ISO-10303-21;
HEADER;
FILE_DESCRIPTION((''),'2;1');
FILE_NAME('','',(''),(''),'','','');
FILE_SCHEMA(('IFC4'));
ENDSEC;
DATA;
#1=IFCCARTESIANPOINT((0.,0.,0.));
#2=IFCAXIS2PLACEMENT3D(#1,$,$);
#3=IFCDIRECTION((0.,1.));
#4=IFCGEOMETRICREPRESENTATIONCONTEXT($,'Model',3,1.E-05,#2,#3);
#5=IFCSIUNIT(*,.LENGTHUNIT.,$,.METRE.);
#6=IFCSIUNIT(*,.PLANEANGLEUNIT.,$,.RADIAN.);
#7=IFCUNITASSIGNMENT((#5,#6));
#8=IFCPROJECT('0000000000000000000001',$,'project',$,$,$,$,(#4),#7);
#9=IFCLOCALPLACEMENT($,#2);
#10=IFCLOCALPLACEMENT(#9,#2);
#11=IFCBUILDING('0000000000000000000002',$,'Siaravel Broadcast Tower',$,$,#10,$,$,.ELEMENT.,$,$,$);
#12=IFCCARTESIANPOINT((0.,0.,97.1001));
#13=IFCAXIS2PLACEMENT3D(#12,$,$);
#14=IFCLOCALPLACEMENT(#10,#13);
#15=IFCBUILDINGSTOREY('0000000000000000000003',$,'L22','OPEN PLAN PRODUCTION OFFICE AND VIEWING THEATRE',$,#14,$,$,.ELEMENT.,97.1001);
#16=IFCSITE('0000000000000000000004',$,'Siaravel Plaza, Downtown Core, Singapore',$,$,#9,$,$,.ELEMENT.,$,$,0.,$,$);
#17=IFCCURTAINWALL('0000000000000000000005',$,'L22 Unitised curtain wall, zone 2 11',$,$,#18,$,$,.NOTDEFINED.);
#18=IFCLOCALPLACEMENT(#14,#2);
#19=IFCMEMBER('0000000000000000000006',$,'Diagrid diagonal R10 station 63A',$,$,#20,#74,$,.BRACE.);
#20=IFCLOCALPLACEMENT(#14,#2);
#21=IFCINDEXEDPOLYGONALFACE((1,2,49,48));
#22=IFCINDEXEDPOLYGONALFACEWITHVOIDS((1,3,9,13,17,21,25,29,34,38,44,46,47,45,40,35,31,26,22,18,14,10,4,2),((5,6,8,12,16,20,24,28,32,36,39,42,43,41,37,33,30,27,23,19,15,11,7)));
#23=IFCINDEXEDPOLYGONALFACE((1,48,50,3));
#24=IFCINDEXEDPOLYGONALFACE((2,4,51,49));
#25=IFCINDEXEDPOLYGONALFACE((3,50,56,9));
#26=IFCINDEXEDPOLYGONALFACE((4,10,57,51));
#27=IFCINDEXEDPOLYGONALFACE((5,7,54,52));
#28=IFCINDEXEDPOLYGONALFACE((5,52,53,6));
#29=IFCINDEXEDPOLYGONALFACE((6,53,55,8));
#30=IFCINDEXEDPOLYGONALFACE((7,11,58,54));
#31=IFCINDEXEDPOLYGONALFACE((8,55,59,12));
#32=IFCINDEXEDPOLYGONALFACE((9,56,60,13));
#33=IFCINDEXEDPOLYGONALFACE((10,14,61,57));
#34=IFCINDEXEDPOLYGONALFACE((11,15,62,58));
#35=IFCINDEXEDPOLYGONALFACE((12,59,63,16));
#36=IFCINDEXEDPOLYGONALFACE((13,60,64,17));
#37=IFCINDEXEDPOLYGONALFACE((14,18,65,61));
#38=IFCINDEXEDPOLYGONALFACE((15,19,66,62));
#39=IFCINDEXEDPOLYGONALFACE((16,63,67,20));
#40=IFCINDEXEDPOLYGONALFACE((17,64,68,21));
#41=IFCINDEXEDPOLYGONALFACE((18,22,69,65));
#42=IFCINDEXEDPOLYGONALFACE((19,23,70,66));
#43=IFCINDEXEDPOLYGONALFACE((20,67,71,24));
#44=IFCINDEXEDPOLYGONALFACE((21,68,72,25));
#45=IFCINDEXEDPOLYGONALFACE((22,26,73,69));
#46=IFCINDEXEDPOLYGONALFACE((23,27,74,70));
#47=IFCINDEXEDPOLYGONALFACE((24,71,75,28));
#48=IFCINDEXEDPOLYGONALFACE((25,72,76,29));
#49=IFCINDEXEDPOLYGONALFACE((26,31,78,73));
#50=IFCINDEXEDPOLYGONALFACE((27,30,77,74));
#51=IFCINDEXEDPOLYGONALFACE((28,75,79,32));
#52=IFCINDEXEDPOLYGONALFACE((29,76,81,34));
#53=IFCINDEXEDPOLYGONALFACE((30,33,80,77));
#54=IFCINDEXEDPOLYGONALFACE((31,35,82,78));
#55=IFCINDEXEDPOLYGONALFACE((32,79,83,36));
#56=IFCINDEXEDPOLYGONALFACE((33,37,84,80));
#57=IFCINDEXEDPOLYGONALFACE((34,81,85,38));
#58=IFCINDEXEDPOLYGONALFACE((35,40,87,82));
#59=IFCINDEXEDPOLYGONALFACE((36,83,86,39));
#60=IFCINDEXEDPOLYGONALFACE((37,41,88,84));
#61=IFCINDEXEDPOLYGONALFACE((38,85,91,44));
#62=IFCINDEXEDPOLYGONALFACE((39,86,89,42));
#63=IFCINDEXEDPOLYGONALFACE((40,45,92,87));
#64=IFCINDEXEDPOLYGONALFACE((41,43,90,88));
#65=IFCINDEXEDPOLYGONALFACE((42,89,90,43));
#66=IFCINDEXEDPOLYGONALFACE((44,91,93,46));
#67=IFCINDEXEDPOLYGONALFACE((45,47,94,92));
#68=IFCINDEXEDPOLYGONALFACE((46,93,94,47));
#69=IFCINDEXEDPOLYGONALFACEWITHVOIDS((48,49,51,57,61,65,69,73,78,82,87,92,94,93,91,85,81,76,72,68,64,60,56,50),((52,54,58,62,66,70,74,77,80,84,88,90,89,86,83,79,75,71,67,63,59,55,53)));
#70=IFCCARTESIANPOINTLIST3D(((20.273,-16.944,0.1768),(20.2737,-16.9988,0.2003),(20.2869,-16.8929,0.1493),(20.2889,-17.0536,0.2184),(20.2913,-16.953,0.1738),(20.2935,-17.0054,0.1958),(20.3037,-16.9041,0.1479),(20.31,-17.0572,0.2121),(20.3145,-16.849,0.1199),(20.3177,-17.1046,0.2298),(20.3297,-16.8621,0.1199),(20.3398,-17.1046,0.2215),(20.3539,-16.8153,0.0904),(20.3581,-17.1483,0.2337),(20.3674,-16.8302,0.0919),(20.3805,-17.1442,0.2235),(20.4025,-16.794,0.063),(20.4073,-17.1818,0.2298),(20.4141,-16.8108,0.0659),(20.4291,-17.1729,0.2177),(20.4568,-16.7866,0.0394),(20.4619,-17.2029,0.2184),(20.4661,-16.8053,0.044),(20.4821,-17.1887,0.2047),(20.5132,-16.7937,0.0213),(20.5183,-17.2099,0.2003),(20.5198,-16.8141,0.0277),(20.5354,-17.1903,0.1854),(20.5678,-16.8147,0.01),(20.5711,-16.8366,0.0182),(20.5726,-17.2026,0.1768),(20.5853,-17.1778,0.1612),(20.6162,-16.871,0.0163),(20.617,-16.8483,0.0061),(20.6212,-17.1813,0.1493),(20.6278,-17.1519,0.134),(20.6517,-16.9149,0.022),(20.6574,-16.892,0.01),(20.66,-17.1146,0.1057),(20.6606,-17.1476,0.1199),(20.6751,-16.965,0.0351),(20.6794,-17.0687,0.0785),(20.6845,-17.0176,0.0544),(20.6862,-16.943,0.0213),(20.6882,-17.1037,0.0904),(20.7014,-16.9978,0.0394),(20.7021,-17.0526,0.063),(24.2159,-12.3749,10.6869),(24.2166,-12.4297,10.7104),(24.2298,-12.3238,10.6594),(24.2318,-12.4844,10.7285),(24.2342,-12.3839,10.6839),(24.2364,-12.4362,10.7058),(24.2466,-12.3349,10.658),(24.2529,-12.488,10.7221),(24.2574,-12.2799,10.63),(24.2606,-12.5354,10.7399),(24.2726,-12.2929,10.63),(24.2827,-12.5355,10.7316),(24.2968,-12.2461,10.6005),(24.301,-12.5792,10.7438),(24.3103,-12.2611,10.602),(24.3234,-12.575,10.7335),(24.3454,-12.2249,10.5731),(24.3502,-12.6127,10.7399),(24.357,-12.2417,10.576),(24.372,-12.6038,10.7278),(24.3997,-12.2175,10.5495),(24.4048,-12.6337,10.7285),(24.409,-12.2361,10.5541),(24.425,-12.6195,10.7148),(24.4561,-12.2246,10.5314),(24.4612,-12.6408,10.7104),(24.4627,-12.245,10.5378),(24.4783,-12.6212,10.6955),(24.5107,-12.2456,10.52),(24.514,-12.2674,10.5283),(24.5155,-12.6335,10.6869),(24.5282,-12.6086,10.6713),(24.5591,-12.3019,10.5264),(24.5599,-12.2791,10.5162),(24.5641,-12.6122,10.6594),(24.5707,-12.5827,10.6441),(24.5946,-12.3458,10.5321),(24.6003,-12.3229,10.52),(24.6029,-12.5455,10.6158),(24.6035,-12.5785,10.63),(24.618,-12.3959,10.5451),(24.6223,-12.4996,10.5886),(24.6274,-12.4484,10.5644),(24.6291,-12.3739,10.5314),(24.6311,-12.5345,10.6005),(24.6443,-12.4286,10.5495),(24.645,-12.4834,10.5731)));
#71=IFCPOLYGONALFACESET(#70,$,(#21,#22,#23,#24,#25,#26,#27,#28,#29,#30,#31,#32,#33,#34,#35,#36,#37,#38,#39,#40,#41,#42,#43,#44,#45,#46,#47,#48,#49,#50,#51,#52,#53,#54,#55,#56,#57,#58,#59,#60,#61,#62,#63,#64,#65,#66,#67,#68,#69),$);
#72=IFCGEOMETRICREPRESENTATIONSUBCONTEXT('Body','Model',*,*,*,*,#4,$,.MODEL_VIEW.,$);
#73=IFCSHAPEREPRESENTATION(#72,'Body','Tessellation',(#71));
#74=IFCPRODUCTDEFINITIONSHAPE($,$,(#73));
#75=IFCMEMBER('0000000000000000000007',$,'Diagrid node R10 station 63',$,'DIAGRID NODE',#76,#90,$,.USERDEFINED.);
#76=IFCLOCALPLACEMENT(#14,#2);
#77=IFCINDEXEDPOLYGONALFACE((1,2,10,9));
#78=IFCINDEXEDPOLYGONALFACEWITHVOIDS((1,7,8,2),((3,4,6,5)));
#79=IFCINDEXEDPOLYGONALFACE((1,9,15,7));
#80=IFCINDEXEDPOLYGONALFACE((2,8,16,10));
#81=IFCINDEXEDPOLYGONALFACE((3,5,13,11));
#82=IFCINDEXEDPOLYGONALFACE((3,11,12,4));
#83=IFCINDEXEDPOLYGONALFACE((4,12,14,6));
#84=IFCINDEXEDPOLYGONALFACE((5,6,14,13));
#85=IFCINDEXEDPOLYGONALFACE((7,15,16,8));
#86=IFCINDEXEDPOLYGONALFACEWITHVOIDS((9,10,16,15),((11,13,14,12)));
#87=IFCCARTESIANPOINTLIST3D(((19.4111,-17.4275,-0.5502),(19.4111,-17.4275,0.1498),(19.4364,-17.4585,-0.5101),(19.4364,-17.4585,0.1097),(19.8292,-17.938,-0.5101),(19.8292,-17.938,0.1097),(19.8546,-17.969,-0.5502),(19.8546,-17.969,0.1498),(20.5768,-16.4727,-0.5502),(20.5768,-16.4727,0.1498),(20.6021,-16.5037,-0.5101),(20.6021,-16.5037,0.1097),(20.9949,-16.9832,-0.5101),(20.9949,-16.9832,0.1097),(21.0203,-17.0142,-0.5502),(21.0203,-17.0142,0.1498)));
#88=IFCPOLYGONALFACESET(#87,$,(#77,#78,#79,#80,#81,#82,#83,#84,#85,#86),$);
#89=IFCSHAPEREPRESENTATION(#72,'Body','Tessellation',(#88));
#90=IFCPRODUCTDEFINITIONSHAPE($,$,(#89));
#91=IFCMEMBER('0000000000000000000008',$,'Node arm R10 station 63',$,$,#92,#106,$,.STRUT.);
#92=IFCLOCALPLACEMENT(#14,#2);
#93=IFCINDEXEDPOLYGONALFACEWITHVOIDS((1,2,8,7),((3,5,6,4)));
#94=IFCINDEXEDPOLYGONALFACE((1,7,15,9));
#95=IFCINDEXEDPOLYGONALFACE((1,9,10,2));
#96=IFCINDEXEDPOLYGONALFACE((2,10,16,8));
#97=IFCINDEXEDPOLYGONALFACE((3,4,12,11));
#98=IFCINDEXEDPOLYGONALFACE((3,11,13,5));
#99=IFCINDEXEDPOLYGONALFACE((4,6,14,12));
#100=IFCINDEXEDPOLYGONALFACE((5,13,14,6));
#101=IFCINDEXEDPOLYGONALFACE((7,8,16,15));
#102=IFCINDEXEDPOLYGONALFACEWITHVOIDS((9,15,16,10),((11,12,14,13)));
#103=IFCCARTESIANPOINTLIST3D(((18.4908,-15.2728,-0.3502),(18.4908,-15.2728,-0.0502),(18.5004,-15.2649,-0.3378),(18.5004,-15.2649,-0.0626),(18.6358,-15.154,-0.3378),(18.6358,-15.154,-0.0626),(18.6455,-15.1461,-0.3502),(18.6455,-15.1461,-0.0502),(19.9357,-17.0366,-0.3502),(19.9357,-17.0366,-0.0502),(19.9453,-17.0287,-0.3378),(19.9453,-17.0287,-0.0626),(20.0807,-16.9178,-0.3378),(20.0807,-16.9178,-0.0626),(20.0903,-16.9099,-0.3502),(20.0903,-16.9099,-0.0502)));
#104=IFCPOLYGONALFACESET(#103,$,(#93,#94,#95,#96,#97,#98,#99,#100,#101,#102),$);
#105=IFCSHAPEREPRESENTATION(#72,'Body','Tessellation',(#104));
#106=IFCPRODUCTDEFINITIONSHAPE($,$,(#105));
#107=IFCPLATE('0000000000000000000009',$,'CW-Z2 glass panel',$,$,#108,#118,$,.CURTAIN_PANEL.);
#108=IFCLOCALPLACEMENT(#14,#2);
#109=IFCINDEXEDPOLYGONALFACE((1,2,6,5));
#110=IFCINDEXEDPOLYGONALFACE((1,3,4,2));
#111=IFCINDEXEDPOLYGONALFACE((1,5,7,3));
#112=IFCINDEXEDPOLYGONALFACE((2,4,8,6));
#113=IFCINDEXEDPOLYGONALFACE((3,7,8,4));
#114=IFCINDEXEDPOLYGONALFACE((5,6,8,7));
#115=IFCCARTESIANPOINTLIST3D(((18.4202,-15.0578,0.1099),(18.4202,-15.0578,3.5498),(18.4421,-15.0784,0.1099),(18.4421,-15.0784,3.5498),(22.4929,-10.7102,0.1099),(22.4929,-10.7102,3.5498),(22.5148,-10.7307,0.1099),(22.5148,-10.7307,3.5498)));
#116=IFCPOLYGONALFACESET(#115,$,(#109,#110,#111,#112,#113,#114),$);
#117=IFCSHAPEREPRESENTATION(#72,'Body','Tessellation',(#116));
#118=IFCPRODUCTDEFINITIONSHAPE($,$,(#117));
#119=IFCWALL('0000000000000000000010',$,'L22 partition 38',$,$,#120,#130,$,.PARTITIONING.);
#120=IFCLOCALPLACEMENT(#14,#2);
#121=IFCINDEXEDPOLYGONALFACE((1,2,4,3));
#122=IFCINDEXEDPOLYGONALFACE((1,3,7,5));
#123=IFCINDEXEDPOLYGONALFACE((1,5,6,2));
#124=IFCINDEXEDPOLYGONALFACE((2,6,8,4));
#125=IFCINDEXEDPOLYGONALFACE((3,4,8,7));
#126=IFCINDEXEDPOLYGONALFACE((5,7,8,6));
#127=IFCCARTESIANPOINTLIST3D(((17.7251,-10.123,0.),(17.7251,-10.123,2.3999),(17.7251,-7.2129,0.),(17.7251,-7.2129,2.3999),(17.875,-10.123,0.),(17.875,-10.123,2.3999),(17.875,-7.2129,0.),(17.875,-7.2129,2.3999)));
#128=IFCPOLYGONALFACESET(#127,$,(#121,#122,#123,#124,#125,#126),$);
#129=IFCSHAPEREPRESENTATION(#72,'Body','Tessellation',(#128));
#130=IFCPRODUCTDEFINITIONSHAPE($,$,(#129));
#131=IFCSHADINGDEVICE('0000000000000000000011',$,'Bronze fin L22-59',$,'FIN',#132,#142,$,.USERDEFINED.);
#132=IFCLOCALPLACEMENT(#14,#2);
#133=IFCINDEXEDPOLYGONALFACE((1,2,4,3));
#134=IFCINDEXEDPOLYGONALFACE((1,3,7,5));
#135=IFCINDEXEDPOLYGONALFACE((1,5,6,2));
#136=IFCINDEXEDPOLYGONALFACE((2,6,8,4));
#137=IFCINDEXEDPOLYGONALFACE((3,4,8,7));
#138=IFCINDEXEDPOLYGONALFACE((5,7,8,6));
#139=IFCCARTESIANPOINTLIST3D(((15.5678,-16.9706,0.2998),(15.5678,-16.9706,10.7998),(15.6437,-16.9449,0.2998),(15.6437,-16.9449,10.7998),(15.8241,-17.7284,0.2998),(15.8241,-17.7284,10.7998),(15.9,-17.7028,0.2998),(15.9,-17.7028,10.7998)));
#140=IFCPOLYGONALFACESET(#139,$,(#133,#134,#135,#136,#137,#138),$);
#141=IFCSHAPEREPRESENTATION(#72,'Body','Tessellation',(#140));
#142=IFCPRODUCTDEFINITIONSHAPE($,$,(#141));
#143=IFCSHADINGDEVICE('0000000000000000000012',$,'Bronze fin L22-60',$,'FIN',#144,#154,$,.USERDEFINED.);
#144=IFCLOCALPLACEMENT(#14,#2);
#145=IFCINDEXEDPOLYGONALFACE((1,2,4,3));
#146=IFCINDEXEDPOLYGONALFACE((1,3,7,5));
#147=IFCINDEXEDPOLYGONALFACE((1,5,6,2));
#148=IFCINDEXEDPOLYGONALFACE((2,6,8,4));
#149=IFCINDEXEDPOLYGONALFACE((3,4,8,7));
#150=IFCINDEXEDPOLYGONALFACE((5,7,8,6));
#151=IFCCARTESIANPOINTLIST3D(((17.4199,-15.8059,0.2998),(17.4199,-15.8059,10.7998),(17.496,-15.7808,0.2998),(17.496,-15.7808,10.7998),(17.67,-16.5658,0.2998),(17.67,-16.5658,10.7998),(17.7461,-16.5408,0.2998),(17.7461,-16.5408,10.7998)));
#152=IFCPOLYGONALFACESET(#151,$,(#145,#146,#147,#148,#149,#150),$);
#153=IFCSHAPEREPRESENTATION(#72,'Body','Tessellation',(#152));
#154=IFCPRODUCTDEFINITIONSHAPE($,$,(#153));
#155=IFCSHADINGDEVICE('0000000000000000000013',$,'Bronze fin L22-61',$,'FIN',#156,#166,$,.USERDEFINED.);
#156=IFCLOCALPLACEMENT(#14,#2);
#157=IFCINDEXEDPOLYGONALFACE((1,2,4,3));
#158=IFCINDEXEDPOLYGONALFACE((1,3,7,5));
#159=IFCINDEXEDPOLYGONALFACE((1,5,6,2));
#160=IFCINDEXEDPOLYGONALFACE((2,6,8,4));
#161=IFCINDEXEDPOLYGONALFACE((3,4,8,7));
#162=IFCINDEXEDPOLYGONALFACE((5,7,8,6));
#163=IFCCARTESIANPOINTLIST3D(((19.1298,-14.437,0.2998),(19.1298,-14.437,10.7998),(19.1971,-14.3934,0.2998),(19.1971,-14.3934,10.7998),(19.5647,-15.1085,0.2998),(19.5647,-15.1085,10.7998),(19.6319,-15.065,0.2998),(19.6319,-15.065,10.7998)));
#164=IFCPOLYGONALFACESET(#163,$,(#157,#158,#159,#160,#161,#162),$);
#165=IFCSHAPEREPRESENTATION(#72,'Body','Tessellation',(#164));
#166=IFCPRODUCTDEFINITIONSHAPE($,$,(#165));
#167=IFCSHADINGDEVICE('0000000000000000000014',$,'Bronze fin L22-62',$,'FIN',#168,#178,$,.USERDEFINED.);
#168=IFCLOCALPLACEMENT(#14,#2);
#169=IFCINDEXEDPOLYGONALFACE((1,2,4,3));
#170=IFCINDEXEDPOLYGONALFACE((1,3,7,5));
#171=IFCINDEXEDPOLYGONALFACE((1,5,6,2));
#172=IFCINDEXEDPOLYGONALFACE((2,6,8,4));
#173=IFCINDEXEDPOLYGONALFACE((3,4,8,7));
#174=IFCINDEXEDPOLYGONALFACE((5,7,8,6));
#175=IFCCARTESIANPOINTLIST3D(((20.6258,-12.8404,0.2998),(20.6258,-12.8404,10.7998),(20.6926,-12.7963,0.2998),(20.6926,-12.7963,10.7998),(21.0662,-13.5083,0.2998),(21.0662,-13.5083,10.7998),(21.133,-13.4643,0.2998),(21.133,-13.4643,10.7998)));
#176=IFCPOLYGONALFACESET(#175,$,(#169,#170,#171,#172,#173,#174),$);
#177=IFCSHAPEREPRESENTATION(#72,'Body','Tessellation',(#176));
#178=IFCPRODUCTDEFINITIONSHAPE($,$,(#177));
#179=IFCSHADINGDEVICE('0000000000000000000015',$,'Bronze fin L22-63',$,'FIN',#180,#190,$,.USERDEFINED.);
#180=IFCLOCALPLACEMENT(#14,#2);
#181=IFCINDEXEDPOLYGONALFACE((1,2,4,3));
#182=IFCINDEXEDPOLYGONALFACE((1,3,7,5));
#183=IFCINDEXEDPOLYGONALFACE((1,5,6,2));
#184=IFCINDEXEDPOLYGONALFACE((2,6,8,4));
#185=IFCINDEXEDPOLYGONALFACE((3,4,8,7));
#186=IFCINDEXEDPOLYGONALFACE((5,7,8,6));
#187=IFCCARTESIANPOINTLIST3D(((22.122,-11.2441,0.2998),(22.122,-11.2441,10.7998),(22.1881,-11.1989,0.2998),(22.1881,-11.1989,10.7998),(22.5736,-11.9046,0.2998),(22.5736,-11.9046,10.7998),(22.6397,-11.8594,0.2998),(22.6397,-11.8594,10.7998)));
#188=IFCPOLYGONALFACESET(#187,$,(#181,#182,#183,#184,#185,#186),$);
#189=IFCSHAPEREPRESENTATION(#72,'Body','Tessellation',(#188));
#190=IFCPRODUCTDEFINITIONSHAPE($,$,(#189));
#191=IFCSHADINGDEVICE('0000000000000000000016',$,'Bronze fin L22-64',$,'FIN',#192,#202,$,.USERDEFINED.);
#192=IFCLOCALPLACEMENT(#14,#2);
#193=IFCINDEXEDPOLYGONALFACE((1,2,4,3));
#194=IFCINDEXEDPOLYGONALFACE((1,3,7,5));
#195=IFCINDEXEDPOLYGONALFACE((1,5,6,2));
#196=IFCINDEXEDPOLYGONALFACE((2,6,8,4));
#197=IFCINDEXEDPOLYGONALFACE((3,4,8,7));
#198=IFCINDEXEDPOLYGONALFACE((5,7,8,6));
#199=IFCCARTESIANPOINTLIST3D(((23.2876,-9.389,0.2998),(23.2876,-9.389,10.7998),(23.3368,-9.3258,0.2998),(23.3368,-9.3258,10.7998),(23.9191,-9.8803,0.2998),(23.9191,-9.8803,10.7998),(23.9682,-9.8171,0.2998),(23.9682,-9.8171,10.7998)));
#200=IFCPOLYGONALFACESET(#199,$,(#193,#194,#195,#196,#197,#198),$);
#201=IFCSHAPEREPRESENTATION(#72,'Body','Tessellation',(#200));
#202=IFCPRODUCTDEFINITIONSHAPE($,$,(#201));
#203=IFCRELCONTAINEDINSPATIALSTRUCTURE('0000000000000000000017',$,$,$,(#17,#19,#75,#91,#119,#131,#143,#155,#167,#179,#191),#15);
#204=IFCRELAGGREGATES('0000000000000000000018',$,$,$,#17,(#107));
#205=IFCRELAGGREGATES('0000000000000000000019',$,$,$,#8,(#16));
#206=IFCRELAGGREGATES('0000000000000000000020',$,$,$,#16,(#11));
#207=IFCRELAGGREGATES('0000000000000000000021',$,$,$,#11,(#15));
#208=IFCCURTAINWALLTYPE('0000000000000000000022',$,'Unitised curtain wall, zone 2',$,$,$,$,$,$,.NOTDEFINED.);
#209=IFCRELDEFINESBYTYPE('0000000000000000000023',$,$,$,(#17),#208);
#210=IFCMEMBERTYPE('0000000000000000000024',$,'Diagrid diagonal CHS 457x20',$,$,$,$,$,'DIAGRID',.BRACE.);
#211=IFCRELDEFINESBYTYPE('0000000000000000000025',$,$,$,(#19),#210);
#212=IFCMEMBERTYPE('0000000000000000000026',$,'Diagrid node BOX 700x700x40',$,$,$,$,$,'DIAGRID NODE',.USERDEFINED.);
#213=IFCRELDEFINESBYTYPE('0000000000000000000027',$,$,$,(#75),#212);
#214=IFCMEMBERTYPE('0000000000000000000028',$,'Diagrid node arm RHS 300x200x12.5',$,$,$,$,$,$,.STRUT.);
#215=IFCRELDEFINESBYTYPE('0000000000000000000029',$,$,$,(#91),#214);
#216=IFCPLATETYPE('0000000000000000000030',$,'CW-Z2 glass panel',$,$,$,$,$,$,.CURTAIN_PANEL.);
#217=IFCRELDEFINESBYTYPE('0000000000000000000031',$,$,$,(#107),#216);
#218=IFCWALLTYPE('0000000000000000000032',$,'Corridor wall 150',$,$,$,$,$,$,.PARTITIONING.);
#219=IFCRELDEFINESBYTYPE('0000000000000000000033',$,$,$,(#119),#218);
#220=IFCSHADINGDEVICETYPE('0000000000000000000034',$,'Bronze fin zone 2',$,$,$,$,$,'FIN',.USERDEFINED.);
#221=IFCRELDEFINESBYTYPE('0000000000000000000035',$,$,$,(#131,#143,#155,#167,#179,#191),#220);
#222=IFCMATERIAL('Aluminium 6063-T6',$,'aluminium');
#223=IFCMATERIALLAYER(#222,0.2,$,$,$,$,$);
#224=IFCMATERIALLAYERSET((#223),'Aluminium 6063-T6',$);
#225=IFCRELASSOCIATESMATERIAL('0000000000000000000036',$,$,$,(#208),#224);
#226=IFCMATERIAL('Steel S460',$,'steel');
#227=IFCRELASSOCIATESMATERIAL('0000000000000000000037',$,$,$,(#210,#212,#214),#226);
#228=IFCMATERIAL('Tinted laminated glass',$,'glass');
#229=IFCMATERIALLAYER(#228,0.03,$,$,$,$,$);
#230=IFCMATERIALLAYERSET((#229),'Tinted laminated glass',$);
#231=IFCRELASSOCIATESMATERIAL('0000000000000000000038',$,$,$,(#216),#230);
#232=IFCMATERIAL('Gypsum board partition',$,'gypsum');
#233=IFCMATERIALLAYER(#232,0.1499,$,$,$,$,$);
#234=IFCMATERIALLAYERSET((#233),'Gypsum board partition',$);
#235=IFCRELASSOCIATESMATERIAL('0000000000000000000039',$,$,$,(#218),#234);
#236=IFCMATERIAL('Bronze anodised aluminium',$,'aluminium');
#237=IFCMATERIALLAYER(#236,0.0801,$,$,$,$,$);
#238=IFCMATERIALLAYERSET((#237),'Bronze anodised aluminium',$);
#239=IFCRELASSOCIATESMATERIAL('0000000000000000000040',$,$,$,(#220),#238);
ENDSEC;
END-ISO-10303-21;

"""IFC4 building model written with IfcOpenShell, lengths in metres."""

from ifc_helpers import new_model, si_unit, direction, frame, frame_2d, origin, origin_2d, place, context, subcontext, project, spatial, rectangle, hollow_rectangle, hollow_circle, extrude, material, layer, layer_set, material_profile, profile_set, type_object, element, aggregate, save


model = new_model("IFC4")

# Units and contexts
model_context = context("Model", 3, precision=1e-05, world=origin(), true_north=direction((0.0, 1.0)))
body_context = subcontext(model_context, "Body", "Model", "MODEL_VIEW")
ifc_project = project(units=[si_unit("LENGTHUNIT", "METRE"), si_unit("PLANEANGLEUNIT", "RADIAN")], contexts=[model_context])

# Site, building, storey
site_placement = place(None, origin())
site = spatial("IfcSite", under=ifc_project, at=site_placement, Name="Siaravel Plaza, Downtown Core, Singapore", CompositionType="ELEMENT", RefElevation=0.0)
building_placement = place(site_placement, origin())
building = spatial("IfcBuilding", under=site, at=building_placement, Name="Siaravel Broadcast Tower", CompositionType="ELEMENT")
storey_placement = place(building_placement, frame((0.0, 0.0, 97.1001)))
storey = spatial("IfcBuildingStorey", under=building, at=storey_placement, Name="L22", Description="OPEN PLAN PRODUCTION OFFICE AND VIEWING THEATRE", CompositionType="ELEMENT", Elevation=97.1001)

# Curtain wall
ifc_material_1 = material(Name="Aluminium 6063-T6", Category="aluminium")
ifc_layer_1 = layer(ifc_material_1, 0.2)
ifc_layer_set_1 = layer_set([ifc_layer_1], Name="Aluminium 6063-T6")
curtain_wall_type = type_object("IfcCurtainWallType", Name="Unitised curtain wall, zone 2", PredefinedType="NOTDEFINED", material=ifc_layer_set_1)
curtain_wall_1_placement = place(storey_placement, origin())
curtain_wall_1 = element("IfcCurtainWall", 1, at=curtain_wall_1_placement, inside=storey, type_object=curtain_wall_type, Name="L22 Unitised curtain wall, zone 2 11", PredefinedType="NOTDEFINED")

# Members
ifc_material_2 = material(Name="Steel S460", Category="steel")
ifc_material_profile_1 = material_profile(ifc_material_2, hollow_circle(Radius=0.2285, WallThickness=0.02, at=origin_2d()))
ifc_profile_set_1 = profile_set([ifc_material_profile_1], Name="Steel S460")
member_type_1 = type_object("IfcMemberType", Name="Diagrid diagonal CHS 457x20", ElementType="DIAGRID", PredefinedType="BRACE", material=ifc_profile_set_1)
member_1_placement = place(storey_placement, frame((20.4875, -16.9983, 0.1199), z_axis=(0.325332, 0.377002, 0.867196), x_axis=(-0.757082, 0.65332, 0.0)))
element("IfcMember", 2, at=member_1_placement, inside=storey, type_object=member_type_1, Name="Diagrid diagonal R10 station 63A", PredefinedType="BRACE", context=body_context, shape_type="SweptSolid", body=[
    extrude(hollow_circle(Radius=0.2285, WallThickness=0.02, at=origin_2d()), origin(), (0.0, 0.0, 1.0), 12.1196),
])
ifc_material_profile_2 = material_profile(ifc_material_2, hollow_rectangle(XDim=0.7, YDim=0.7, WallThickness=0.04, at=origin_2d()))
ifc_profile_set_2 = profile_set([ifc_material_profile_2], Name="Steel S460")
member_type_2 = type_object("IfcMemberType", Name="Diagrid node BOX 700x700x40", ElementType="DIAGRID NODE", PredefinedType="USERDEFINED", material=ifc_profile_set_2)
member_2_placement = place(storey_placement, frame((19.6328, -17.6982, -0.2002), z_axis=(0.773625, 0.633644, 0.0), x_axis=(-0.633644, 0.773625, 0.0)))
element("IfcMember", 3, at=member_2_placement, inside=storey, type_object=member_type_2, Name="Diagrid node R10 station 63", ObjectType="DIAGRID NODE", PredefinedType="USERDEFINED", context=body_context, shape_type="SweptSolid", body=[
    extrude(hollow_rectangle(XDim=0.7, YDim=0.7, WallThickness=0.04, at=origin_2d()), origin(), (0.0, 0.0, 1.0), 1.5068),
])
ifc_material_profile_3 = material_profile(ifc_material_2, hollow_rectangle(XDim=0.2, YDim=0.3, WallThickness=0.0125, at=origin_2d()))
ifc_profile_set_3 = profile_set([ifc_material_profile_3], Name="Steel S460")
member_type_3 = type_object("IfcMemberType", Name="Diagrid node arm RHS 300x200x12.5", PredefinedType="STRUT", material=ifc_profile_set_3)
member_3_placement = place(storey_placement, frame((18.5681, -15.2095, -0.2002), z_axis=(0.633716, -0.773566, 0.0), x_axis=(0.773566, 0.633716, 0.0)))
element("IfcMember", 4, at=member_3_placement, inside=storey, type_object=member_type_3, Name="Node arm R10 station 63", PredefinedType="STRUT", context=body_context, shape_type="SweptSolid", body=[
    extrude(hollow_rectangle(XDim=0.2, YDim=0.3, WallThickness=0.0125, at=origin_2d()), origin(), (0.0, 0.0, 1.0), 2.28),
])

# Plate
ifc_material_3 = material(Name="Tinted laminated glass", Category="glass")
ifc_layer_2 = layer(ifc_material_3, 0.03)
ifc_layer_set_2 = layer_set([ifc_layer_2], Name="Tinted laminated glass")
plate_type = type_object("IfcPlateType", Name="CW-Z2 glass panel", PredefinedType="CURTAIN_PANEL", material=ifc_layer_set_2)
plate_placement = place(storey_placement, frame((20.4675, -12.8943, 0.1099), z_axis=(0.0, 0.0, 1.0), x_axis=(0.683656, 0.729805, 0.0)))
plate = element("IfcPlate", 5, at=plate_placement, type_object=plate_type, Name="CW-Z2 glass panel", PredefinedType="CURTAIN_PANEL", context=body_context, shape_type="SweptSolid", body=[
    extrude(rectangle(XDim=5.9573, YDim=0.03, at=origin_2d()), origin(), (0.0, 0.0, 1.0), 3.4399),
])
aggregate(curtain_wall_1, [plate])

# Wall
ifc_material_4 = material(Name="Gypsum board partition", Category="gypsum")
ifc_layer_3 = layer(ifc_material_4, 0.1499)
ifc_layer_set_3 = layer_set([ifc_layer_3], Name="Gypsum board partition")
wall_type = type_object("IfcWallType", Name="Corridor wall 150", PredefinedType="PARTITIONING", material=ifc_layer_set_3)
wall_placement = place(storey_placement, frame((17.8, -10.123, 0.0), z_axis=(0.0, 0.0, 1.0), x_axis=(0.0, 1.0, 0.0)))
element("IfcWall", 6, at=wall_placement, inside=storey, type_object=wall_type, Name="L22 partition 38", PredefinedType="PARTITIONING", context=body_context, shape_type="SweptSolid", body=[
    extrude(rectangle(XDim=2.9102, YDim=0.1499, at=frame_2d((1.4551, 0.0))), origin(), (0.0, 0.0, 1.0), 2.3999),
])

# Shading devices
ifc_material_5 = material(Name="Bronze anodised aluminium", Category="aluminium")
ifc_layer_4 = layer(ifc_material_5, 0.0801)
ifc_layer_set_4 = layer_set([ifc_layer_4], Name="Bronze anodised aluminium")
shading_device_type = type_object("IfcShadingDeviceType", Name="Bronze fin zone 2", ElementType="FIN", PredefinedType="USERDEFINED", material=ifc_layer_set_4)
for number, where, z_axis, x_axis, name in (
    (7, (15.7339, -17.3367, 0.2998), (0.0, 0.0, 1.0), (0.320393, -0.947285, 0.0), "Bronze fin L22-59"),
    (8, (17.583, -16.1733, 0.2998), (0.0, 0.0, 1.0), (0.312613, -0.94988, 0.0), "Bronze fin L22-60"),
    (9, (19.3809, -14.751, 0.2998), (0.0, 0.0, 1.0), (0.543492, -0.839414, 0.0), "Bronze fin L22-61"),
    (10, (20.8794, -13.1523, 0.2998), (0.0, 0.0, 1.0), (0.550466, -0.834857, 0.0), "Bronze fin L22-62"),
    (11, (22.3809, -11.5518, 0.2998), (0.0, 0.0, 1.0), (0.564376, -0.825518, 0.0), "Bronze fin L22-63"),
    (12, (23.6279, -9.603, 0.2998), (0.0, 0.0, 1.0), (0.789268, -0.614048, 0.0), "Bronze fin L22-64"),
):
    element("IfcShadingDevice", number, at=place(storey_placement, frame(where, z_axis=z_axis, x_axis=x_axis)), inside=storey, type_object=shading_device_type, Name=name, ObjectType="FIN", PredefinedType="USERDEFINED", context=body_context, shape_type="SweptSolid", body=[
        extrude(rectangle(XDim=0.8, YDim=0.0801, at=origin_2d()), origin(), (0.0, 0.0, 1.0), 10.5),
    ])

save(model, "model.ifc")
